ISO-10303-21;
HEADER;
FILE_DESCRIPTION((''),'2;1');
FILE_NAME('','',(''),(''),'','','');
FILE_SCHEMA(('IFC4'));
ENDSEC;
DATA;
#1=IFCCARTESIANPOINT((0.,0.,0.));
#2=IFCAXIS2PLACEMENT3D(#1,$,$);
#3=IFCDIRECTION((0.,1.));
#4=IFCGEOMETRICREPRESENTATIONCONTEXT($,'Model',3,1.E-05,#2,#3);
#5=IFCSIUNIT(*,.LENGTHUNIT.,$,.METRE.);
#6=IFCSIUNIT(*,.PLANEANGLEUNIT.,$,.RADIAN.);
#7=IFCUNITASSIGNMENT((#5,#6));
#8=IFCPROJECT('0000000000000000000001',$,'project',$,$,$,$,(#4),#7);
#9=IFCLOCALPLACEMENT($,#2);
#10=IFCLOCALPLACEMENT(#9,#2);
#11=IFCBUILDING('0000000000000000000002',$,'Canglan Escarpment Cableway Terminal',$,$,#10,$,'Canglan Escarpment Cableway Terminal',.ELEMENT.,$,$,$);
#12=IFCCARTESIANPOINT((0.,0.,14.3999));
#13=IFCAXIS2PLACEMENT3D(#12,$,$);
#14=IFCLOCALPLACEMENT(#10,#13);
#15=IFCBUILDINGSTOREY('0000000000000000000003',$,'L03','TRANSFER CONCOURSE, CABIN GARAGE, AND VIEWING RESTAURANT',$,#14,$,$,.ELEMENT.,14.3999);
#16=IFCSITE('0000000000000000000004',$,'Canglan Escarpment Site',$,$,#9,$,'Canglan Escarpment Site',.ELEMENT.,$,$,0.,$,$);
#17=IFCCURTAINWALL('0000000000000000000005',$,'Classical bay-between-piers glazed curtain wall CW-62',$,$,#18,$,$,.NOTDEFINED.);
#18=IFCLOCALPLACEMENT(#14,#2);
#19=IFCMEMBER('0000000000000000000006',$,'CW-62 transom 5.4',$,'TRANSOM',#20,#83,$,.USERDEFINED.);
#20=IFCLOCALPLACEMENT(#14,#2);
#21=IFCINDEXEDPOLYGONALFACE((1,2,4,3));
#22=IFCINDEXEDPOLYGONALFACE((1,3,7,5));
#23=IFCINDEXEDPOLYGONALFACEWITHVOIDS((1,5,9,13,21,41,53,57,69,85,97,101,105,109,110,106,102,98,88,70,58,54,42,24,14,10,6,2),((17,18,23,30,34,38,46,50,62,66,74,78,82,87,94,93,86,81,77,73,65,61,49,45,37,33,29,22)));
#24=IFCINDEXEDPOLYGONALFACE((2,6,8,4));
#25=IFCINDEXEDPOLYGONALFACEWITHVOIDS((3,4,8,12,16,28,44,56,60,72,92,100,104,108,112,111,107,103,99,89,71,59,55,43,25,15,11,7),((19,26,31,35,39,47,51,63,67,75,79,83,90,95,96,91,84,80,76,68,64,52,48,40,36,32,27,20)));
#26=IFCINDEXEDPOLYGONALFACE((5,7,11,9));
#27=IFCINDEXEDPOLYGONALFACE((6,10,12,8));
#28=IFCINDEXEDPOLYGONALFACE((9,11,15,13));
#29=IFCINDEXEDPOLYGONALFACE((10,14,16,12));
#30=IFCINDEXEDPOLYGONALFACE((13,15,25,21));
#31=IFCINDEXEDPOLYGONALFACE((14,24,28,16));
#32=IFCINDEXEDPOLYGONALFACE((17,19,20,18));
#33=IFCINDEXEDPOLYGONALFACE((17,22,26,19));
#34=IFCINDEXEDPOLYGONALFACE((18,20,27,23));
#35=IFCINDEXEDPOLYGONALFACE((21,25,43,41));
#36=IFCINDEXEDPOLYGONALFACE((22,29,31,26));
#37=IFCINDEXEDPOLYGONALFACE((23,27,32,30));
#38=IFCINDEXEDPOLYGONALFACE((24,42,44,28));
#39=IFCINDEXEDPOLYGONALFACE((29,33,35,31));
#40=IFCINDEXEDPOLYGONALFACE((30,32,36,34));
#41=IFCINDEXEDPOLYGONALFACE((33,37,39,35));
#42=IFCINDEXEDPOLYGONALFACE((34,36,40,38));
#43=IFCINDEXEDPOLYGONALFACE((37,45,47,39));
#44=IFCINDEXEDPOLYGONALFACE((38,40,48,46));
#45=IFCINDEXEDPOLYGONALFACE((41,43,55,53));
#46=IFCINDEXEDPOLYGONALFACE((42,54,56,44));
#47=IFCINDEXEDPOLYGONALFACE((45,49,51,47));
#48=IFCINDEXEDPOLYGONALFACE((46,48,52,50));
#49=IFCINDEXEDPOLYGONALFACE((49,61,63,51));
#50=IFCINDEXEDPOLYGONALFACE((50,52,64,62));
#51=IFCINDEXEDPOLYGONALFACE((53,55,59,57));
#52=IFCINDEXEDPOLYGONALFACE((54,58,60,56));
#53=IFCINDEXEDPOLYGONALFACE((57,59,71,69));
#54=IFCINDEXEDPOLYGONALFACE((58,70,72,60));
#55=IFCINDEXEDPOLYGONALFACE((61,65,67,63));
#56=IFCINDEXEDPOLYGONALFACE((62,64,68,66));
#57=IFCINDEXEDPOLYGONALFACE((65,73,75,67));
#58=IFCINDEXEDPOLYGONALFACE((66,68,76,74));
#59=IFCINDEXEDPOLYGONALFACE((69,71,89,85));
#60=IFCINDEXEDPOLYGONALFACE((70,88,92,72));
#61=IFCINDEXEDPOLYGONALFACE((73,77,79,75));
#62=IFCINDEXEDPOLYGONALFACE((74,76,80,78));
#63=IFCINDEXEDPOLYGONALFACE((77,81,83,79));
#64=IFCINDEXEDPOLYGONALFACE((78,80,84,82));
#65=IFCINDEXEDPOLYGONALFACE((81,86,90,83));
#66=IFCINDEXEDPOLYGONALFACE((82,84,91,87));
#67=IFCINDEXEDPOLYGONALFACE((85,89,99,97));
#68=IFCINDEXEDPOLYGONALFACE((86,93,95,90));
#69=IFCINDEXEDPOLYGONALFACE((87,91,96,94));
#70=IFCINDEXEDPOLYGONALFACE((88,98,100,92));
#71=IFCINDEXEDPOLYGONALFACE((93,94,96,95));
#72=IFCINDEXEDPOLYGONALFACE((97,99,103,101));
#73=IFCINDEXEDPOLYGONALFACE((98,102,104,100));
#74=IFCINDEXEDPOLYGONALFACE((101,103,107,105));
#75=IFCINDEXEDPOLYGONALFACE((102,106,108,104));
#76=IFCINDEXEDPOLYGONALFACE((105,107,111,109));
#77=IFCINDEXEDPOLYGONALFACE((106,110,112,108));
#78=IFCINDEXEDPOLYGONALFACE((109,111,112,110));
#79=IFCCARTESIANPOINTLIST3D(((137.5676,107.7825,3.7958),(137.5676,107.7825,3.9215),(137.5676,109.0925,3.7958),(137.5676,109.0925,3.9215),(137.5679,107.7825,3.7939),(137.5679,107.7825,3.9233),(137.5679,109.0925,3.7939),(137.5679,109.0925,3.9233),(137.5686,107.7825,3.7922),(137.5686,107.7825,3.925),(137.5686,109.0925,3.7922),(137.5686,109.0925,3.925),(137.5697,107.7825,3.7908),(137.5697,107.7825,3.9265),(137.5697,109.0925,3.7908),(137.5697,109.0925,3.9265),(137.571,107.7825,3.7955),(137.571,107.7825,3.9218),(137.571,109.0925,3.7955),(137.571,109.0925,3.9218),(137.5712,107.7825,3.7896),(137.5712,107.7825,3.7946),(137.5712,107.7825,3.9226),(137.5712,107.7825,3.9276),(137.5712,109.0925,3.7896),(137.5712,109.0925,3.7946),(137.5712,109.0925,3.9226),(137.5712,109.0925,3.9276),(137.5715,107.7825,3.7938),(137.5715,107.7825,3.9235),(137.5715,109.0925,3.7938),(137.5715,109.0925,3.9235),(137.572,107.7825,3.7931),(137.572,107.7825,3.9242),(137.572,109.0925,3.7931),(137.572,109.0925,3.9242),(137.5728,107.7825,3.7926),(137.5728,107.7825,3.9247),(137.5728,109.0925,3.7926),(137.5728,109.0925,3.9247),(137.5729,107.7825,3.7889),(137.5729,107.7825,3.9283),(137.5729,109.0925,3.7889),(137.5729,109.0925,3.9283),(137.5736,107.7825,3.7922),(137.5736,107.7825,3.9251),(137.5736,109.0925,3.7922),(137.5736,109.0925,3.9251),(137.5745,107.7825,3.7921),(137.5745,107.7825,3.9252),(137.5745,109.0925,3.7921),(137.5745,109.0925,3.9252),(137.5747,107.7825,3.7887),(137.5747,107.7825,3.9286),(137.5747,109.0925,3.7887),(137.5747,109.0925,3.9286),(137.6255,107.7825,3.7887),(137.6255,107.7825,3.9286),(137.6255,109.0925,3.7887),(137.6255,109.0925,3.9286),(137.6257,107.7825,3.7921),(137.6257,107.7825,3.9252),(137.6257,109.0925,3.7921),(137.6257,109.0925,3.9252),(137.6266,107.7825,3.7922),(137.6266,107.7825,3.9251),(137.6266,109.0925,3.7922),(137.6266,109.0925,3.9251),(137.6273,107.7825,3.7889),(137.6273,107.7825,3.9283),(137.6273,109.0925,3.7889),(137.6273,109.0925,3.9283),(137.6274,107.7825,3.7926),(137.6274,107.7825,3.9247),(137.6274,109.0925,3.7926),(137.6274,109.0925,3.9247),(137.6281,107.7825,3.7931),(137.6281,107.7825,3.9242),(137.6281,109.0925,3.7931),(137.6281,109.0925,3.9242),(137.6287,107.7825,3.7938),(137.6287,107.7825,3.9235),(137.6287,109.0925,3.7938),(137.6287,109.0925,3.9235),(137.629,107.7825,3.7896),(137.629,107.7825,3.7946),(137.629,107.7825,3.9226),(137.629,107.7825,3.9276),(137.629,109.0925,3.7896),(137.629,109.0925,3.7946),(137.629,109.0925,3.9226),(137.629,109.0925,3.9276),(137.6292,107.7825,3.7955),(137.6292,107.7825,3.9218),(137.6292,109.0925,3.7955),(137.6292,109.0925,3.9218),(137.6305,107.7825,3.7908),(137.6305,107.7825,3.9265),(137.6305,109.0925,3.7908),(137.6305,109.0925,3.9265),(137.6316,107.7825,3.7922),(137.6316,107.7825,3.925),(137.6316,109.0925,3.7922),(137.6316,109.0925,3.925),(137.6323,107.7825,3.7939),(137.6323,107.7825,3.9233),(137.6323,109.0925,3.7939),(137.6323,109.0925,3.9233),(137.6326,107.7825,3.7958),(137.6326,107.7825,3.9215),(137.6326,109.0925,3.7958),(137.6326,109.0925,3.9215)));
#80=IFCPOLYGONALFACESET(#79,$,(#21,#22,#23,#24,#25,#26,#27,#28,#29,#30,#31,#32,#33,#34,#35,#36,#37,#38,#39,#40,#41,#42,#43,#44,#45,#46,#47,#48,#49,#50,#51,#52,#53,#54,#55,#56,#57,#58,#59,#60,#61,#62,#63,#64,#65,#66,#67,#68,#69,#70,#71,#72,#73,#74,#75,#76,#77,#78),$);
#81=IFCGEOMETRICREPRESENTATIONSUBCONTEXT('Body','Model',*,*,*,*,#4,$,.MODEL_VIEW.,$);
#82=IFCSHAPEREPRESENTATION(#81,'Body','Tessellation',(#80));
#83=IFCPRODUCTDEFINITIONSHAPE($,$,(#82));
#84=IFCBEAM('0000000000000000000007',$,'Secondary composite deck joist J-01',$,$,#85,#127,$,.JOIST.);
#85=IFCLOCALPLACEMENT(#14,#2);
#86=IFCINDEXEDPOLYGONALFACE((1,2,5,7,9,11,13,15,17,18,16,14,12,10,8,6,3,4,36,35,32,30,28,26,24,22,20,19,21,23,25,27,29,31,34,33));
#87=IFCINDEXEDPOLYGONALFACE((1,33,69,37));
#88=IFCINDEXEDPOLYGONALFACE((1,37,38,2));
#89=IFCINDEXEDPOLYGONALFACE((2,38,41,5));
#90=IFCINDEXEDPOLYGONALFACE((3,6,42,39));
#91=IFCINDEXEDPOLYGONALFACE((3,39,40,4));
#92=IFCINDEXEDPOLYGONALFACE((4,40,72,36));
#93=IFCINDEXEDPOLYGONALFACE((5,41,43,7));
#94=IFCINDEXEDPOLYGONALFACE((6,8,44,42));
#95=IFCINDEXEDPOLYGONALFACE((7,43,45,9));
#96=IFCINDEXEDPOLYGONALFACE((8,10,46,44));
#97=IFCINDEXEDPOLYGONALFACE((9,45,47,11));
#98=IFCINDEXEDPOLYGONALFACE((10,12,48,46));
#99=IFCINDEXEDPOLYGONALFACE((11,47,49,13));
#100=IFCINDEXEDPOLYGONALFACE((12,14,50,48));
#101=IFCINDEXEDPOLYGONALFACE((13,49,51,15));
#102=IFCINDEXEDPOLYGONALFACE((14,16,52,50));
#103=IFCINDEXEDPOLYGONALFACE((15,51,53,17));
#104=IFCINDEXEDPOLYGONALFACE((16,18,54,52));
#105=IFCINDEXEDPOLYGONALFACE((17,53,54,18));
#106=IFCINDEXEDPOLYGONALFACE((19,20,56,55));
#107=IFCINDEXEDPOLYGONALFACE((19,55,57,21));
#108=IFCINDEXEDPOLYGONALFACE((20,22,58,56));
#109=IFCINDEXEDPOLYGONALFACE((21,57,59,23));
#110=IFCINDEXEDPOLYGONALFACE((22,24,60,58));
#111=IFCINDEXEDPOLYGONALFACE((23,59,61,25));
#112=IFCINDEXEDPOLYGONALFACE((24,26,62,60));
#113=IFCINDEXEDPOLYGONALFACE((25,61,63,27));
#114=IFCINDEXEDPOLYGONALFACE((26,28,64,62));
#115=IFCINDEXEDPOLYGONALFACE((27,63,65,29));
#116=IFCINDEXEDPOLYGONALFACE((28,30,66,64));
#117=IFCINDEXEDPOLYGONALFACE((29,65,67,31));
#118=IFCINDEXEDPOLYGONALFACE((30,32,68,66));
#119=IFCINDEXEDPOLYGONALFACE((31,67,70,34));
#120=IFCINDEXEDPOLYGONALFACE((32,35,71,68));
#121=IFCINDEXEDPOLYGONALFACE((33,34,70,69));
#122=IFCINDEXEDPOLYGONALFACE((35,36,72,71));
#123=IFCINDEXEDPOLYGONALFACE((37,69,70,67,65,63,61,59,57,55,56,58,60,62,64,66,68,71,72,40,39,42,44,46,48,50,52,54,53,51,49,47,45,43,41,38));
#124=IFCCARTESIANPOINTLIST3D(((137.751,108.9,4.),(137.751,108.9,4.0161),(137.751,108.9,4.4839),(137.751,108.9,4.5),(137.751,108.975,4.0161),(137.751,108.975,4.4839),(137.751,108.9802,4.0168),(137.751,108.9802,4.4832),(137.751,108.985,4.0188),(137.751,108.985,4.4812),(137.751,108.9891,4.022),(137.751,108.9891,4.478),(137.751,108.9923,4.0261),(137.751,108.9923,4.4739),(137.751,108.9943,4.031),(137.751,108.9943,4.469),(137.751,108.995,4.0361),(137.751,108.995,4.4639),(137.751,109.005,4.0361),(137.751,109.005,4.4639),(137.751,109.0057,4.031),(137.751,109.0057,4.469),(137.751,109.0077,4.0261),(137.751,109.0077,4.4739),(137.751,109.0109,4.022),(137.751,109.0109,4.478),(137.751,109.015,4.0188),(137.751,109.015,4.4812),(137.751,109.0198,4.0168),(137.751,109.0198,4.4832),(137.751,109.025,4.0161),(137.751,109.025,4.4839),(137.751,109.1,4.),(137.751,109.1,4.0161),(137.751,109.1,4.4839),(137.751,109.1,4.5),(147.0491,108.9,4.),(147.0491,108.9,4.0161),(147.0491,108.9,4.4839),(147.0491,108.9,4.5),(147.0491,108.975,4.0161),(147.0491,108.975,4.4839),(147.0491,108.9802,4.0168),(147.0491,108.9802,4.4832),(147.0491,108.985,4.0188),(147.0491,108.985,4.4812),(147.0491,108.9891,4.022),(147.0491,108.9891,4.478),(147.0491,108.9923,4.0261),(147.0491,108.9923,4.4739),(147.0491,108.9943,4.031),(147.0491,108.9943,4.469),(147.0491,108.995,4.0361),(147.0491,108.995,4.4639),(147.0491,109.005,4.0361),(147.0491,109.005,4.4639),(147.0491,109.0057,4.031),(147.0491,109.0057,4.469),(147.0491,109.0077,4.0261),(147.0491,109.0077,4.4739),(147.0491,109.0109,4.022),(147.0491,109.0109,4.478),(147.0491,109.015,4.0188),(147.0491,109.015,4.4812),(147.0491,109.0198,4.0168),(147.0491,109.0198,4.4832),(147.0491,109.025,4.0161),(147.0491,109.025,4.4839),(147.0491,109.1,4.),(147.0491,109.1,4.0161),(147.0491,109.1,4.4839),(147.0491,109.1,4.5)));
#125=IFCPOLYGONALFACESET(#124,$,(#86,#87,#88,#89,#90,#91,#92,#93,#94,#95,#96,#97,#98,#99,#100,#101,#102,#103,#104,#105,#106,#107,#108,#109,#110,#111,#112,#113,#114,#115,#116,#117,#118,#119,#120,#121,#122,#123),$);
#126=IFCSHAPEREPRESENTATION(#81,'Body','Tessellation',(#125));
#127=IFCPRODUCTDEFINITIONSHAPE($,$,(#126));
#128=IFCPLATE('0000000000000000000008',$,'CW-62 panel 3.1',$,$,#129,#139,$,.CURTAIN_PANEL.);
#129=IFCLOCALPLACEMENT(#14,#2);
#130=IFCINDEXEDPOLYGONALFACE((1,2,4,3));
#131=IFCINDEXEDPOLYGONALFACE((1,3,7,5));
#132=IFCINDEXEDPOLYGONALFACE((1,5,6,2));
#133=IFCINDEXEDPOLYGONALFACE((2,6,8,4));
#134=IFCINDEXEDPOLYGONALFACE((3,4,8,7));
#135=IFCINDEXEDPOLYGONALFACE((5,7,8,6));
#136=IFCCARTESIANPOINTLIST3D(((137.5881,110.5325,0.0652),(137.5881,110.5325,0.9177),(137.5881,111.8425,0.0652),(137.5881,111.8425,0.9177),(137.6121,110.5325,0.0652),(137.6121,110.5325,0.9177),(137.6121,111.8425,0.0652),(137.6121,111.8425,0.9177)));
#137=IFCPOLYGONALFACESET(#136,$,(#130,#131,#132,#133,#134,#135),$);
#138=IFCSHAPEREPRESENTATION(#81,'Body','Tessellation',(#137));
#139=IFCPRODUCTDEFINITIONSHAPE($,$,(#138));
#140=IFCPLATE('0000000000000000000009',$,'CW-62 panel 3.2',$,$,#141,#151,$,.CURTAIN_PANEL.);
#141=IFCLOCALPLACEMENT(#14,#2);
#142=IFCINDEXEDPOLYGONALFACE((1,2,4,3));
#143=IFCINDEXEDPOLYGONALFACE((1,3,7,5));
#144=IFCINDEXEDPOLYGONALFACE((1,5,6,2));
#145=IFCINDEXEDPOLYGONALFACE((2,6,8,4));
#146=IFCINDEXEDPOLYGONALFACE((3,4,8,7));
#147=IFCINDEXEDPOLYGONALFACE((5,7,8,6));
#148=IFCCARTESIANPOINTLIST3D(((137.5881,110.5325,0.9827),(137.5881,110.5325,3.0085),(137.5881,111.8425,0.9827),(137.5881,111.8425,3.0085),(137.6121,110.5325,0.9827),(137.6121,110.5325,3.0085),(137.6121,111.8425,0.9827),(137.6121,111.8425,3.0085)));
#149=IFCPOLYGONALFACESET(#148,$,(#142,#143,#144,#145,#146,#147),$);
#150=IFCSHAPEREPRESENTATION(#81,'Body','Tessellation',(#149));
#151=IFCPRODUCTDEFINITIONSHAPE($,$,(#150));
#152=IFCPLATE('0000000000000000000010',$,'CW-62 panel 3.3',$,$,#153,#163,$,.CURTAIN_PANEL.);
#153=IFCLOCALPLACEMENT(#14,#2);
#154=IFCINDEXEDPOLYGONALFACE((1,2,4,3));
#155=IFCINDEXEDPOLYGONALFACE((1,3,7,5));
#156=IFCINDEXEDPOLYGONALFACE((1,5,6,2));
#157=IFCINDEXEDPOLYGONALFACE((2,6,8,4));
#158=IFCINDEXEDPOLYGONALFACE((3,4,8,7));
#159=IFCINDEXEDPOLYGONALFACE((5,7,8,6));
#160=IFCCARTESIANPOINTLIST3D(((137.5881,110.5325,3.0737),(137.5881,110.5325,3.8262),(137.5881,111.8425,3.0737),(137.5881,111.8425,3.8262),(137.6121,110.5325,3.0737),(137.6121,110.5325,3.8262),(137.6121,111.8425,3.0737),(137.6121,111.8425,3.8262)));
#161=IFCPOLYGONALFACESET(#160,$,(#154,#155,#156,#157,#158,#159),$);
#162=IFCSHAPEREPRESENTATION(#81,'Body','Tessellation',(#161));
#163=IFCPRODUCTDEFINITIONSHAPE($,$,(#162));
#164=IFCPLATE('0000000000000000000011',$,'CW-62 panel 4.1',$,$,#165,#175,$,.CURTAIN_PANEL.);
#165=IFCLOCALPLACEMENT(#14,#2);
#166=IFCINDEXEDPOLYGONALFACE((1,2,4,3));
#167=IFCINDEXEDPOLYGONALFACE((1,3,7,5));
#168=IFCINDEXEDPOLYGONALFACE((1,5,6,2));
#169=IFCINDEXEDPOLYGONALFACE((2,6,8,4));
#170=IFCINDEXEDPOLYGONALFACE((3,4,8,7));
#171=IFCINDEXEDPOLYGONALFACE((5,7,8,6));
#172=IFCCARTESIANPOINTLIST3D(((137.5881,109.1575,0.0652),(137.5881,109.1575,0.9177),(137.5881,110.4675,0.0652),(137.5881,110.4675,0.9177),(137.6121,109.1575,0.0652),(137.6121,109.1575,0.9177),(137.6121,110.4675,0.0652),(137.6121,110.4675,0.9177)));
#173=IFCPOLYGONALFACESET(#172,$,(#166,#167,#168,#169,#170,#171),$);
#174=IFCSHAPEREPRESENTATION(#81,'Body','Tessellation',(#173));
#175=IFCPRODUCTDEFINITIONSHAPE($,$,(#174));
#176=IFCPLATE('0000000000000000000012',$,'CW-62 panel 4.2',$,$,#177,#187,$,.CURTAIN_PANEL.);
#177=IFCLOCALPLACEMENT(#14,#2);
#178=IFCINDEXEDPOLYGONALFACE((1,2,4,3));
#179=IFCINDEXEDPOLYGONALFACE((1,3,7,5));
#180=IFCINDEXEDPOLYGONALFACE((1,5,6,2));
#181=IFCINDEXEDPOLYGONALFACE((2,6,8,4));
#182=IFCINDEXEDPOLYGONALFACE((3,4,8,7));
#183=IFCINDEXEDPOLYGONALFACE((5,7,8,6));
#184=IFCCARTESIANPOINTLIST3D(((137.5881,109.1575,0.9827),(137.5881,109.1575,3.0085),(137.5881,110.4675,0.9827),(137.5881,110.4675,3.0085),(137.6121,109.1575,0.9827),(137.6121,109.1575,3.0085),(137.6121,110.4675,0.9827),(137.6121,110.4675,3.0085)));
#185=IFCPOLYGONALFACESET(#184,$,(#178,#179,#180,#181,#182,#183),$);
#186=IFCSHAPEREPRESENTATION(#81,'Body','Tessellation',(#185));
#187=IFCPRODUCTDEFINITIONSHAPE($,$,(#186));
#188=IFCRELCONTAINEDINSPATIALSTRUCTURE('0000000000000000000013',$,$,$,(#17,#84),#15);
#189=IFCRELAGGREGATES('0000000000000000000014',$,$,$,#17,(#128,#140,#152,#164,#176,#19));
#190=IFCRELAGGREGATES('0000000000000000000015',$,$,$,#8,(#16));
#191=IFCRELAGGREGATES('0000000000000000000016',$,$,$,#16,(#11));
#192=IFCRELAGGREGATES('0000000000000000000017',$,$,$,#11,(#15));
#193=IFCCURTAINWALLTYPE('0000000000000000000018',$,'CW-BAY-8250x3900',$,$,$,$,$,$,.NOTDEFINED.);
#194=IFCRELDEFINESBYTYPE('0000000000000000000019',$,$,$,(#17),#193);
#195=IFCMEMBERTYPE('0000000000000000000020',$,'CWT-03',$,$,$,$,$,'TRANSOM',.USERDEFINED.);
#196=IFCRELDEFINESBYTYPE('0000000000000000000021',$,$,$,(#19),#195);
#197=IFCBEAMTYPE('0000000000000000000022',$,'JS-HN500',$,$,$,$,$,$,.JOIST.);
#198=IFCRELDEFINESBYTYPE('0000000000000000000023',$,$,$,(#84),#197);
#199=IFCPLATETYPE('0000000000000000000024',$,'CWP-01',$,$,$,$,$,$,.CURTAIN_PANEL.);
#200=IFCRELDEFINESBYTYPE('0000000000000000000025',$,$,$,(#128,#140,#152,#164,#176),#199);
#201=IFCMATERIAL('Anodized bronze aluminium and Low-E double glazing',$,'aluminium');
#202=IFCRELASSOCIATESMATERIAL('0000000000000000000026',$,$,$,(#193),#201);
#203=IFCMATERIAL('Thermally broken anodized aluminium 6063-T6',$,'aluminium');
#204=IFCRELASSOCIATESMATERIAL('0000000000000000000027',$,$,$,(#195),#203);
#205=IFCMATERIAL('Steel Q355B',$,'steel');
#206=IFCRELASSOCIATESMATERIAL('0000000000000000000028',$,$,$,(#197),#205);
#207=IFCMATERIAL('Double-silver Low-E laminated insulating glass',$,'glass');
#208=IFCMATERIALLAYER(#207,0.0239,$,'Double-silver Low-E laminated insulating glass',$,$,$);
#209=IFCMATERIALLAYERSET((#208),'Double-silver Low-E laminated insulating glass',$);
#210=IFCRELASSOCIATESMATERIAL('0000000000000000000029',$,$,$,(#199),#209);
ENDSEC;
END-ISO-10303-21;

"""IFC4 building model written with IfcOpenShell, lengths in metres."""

from ifc_helpers import new_model, si_unit, direction, frame, origin, origin_2d, place, context, subcontext, project, spatial, rectangle, hollow_rectangle, i_section, extrude, material, layer, layer_set, material_profile, profile_set, type_object, element, aggregate, save


model = new_model("IFC4")

# Units and contexts
model_context = context("Model", 3, precision=1e-05, world=origin(), true_north=direction((0.0, 1.0)))
body_context = subcontext(model_context, "Body", "Model", "MODEL_VIEW")
ifc_project = project(units=[si_unit("LENGTHUNIT", "METRE"), si_unit("PLANEANGLEUNIT", "RADIAN")], contexts=[model_context])

# Site, building, storey
site_placement = place(None, origin())
site = spatial("IfcSite", under=ifc_project, at=site_placement, Name="Canglan Escarpment Site", LongName="Canglan Escarpment Site", CompositionType="ELEMENT", RefElevation=0.0)
building_placement = place(site_placement, origin())
building = spatial("IfcBuilding", under=site, at=building_placement, Name="Canglan Escarpment Cableway Terminal", LongName="Canglan Escarpment Cableway Terminal", CompositionType="ELEMENT")
storey_placement = place(building_placement, frame((0.0, 0.0, 14.3999)))
storey = spatial("IfcBuildingStorey", under=building, at=storey_placement, Name="L03", Description="TRANSFER CONCOURSE, CABIN GARAGE, AND VIEWING RESTAURANT", CompositionType="ELEMENT", Elevation=14.3999)

# Curtain wall, member
ifc_material_1 = material(Name="Anodized bronze aluminium and Low-E double glazing", Category="aluminium")
curtain_wall_type = type_object("IfcCurtainWallType", Name="CW-BAY-8250x3900", PredefinedType="NOTDEFINED", material=ifc_material_1)
curtain_wall_placement = place(storey_placement, origin())
curtain_wall = element("IfcCurtainWall", 1, at=curtain_wall_placement, inside=storey, type_object=curtain_wall_type, Name="Classical bay-between-piers glazed curtain wall CW-62", PredefinedType="NOTDEFINED")
ifc_material_2 = material(Name="Thermally broken anodized aluminium 6063-T6", Category="aluminium")
ifc_material_profile_1 = material_profile(ifc_material_2, hollow_rectangle(XDim=0.0649, YDim=0.1399, WallThickness=0.0034, InnerFilletRadius=0.0034, OuterFilletRadius=0.0071, at=origin_2d()), Name="ALU-TRAN 65x140x3.5")
ifc_profile_set_1 = profile_set([ifc_material_profile_1], Name="Thermally broken anodized aluminium 6063-T6")
member_type_1 = type_object("IfcMemberType", Name="CWT-03", ElementType="TRANSOM", PredefinedType="USERDEFINED", material=ifc_profile_set_1)
member_1_placement = place(storey_placement, frame((137.6001, 109.0925, 3.8586), z_axis=(0.0, -1.0, 0.0), x_axis=(1.0, 0.0, 0.0)))
member_1 = element("IfcMember", 2, at=member_1_placement, type_object=member_type_1, Name="CW-62 transom 5.4", ObjectType="TRANSOM", PredefinedType="USERDEFINED", context=body_context, shape_type="SweptSolid", body=[
    extrude(hollow_rectangle(XDim=0.0649, YDim=0.1399, WallThickness=0.0034, InnerFilletRadius=0.0034, OuterFilletRadius=0.0071, at=origin_2d()), origin(), (0.0, 0.0, 1.0), 1.3101),
])

# Beam
ifc_material_3 = material(Name="Steel Q355B", Category="steel")
ifc_material_profile_2 = material_profile(ifc_material_3, i_section(OverallWidth=0.2, OverallDepth=0.5, WebThickness=0.01, FlangeThickness=0.0161, FilletRadius=0.02, at=origin_2d()), Name="HN 500x200x10x16")
ifc_profile_set_2 = profile_set([ifc_material_profile_2], Name="Steel Q355B")
beam_type = type_object("IfcBeamType", Name="JS-HN500", PredefinedType="JOIST", material=ifc_profile_set_2)
beam_placement = place(storey_placement, frame((137.751, 109.0, 4.25), z_axis=(1.0, 0.0, 0.0), x_axis=(0.0, 1.0, 0.0)))
element("IfcBeam", 3, at=beam_placement, inside=storey, type_object=beam_type, Name="Secondary composite deck joist J-01", PredefinedType="JOIST", context=body_context, shape_type="SweptSolid", body=[
    extrude(i_section(OverallWidth=0.2, OverallDepth=0.5, WebThickness=0.01, FlangeThickness=0.0161, FilletRadius=0.02, at=origin_2d()), origin(), (0.0, 0.0, 1.0), 9.2981),
])

# Plates
ifc_material_4 = material(Name="Double-silver Low-E laminated insulating glass", Category="glass")
ifc_layer_1 = layer(ifc_material_4, 0.0239, Name="Double-silver Low-E laminated insulating glass")
ifc_layer_set_1 = layer_set([ifc_layer_1], Name="Double-silver Low-E laminated insulating glass")
plate_type = type_object("IfcPlateType", Name="CWP-01", PredefinedType="CURTAIN_PANEL", material=ifc_layer_set_1)
plate_1_placement = place(storey_placement, frame((137.6001, 111.1875, 0.0652), z_axis=(0.0, 0.0, 1.0), x_axis=(0.0, -1.0, 0.0)))
plate_1 = element("IfcPlate", 4, at=plate_1_placement, type_object=plate_type, Name="CW-62 panel 3.1", PredefinedType="CURTAIN_PANEL", context=body_context, shape_type="SweptSolid", body=[
    extrude(rectangle(XDim=1.3101, YDim=0.0239, at=origin_2d()), origin(), (0.0, 0.0, 1.0), 0.8525),
])
plate_2_placement = place(storey_placement, frame((137.6001, 111.1875, 0.9827), z_axis=(0.0, 0.0, 1.0), x_axis=(0.0, -1.0, 0.0)))
plate_2 = element("IfcPlate", 5, at=plate_2_placement, type_object=plate_type, Name="CW-62 panel 3.2", PredefinedType="CURTAIN_PANEL", context=body_context, shape_type="SweptSolid", body=[
    extrude(rectangle(XDim=1.3101, YDim=0.0239, at=origin_2d()), origin(), (0.0, 0.0, 1.0), 2.0259),
])
plate_3_placement = place(storey_placement, frame((137.6001, 111.1875, 3.0737), z_axis=(0.0, 0.0, 1.0), x_axis=(0.0, -1.0, 0.0)))
plate_3 = element("IfcPlate", 6, at=plate_3_placement, type_object=plate_type, Name="CW-62 panel 3.3", PredefinedType="CURTAIN_PANEL", context=body_context, shape_type="SweptSolid", body=[
    extrude(rectangle(XDim=1.3101, YDim=0.0239, at=origin_2d()), origin(), (0.0, 0.0, 1.0), 0.7524),
])
plate_4_placement = place(storey_placement, frame((137.6001, 109.8125, 0.0652), z_axis=(0.0, 0.0, 1.0), x_axis=(0.0, -1.0, 0.0)))
plate_4 = element("IfcPlate", 7, at=plate_4_placement, type_object=plate_type, Name="CW-62 panel 4.1", PredefinedType="CURTAIN_PANEL", context=body_context, shape_type="SweptSolid", body=[
    extrude(rectangle(XDim=1.3101, YDim=0.0239, at=origin_2d()), origin(), (0.0, 0.0, 1.0), 0.8525),
])
plate_5_placement = place(storey_placement, frame((137.6001, 109.8125, 0.9827), z_axis=(0.0, 0.0, 1.0), x_axis=(0.0, -1.0, 0.0)))
plate_5 = element("IfcPlate", 8, at=plate_5_placement, type_object=plate_type, Name="CW-62 panel 4.2", PredefinedType="CURTAIN_PANEL", context=body_context, shape_type="SweptSolid", body=[
    extrude(rectangle(XDim=1.3101, YDim=0.0239, at=origin_2d()), origin(), (0.0, 0.0, 1.0), 2.0259),
])
aggregate(curtain_wall, [plate_1, plate_2, plate_3, plate_4, plate_5, member_1])

save(model, "model.ifc")
